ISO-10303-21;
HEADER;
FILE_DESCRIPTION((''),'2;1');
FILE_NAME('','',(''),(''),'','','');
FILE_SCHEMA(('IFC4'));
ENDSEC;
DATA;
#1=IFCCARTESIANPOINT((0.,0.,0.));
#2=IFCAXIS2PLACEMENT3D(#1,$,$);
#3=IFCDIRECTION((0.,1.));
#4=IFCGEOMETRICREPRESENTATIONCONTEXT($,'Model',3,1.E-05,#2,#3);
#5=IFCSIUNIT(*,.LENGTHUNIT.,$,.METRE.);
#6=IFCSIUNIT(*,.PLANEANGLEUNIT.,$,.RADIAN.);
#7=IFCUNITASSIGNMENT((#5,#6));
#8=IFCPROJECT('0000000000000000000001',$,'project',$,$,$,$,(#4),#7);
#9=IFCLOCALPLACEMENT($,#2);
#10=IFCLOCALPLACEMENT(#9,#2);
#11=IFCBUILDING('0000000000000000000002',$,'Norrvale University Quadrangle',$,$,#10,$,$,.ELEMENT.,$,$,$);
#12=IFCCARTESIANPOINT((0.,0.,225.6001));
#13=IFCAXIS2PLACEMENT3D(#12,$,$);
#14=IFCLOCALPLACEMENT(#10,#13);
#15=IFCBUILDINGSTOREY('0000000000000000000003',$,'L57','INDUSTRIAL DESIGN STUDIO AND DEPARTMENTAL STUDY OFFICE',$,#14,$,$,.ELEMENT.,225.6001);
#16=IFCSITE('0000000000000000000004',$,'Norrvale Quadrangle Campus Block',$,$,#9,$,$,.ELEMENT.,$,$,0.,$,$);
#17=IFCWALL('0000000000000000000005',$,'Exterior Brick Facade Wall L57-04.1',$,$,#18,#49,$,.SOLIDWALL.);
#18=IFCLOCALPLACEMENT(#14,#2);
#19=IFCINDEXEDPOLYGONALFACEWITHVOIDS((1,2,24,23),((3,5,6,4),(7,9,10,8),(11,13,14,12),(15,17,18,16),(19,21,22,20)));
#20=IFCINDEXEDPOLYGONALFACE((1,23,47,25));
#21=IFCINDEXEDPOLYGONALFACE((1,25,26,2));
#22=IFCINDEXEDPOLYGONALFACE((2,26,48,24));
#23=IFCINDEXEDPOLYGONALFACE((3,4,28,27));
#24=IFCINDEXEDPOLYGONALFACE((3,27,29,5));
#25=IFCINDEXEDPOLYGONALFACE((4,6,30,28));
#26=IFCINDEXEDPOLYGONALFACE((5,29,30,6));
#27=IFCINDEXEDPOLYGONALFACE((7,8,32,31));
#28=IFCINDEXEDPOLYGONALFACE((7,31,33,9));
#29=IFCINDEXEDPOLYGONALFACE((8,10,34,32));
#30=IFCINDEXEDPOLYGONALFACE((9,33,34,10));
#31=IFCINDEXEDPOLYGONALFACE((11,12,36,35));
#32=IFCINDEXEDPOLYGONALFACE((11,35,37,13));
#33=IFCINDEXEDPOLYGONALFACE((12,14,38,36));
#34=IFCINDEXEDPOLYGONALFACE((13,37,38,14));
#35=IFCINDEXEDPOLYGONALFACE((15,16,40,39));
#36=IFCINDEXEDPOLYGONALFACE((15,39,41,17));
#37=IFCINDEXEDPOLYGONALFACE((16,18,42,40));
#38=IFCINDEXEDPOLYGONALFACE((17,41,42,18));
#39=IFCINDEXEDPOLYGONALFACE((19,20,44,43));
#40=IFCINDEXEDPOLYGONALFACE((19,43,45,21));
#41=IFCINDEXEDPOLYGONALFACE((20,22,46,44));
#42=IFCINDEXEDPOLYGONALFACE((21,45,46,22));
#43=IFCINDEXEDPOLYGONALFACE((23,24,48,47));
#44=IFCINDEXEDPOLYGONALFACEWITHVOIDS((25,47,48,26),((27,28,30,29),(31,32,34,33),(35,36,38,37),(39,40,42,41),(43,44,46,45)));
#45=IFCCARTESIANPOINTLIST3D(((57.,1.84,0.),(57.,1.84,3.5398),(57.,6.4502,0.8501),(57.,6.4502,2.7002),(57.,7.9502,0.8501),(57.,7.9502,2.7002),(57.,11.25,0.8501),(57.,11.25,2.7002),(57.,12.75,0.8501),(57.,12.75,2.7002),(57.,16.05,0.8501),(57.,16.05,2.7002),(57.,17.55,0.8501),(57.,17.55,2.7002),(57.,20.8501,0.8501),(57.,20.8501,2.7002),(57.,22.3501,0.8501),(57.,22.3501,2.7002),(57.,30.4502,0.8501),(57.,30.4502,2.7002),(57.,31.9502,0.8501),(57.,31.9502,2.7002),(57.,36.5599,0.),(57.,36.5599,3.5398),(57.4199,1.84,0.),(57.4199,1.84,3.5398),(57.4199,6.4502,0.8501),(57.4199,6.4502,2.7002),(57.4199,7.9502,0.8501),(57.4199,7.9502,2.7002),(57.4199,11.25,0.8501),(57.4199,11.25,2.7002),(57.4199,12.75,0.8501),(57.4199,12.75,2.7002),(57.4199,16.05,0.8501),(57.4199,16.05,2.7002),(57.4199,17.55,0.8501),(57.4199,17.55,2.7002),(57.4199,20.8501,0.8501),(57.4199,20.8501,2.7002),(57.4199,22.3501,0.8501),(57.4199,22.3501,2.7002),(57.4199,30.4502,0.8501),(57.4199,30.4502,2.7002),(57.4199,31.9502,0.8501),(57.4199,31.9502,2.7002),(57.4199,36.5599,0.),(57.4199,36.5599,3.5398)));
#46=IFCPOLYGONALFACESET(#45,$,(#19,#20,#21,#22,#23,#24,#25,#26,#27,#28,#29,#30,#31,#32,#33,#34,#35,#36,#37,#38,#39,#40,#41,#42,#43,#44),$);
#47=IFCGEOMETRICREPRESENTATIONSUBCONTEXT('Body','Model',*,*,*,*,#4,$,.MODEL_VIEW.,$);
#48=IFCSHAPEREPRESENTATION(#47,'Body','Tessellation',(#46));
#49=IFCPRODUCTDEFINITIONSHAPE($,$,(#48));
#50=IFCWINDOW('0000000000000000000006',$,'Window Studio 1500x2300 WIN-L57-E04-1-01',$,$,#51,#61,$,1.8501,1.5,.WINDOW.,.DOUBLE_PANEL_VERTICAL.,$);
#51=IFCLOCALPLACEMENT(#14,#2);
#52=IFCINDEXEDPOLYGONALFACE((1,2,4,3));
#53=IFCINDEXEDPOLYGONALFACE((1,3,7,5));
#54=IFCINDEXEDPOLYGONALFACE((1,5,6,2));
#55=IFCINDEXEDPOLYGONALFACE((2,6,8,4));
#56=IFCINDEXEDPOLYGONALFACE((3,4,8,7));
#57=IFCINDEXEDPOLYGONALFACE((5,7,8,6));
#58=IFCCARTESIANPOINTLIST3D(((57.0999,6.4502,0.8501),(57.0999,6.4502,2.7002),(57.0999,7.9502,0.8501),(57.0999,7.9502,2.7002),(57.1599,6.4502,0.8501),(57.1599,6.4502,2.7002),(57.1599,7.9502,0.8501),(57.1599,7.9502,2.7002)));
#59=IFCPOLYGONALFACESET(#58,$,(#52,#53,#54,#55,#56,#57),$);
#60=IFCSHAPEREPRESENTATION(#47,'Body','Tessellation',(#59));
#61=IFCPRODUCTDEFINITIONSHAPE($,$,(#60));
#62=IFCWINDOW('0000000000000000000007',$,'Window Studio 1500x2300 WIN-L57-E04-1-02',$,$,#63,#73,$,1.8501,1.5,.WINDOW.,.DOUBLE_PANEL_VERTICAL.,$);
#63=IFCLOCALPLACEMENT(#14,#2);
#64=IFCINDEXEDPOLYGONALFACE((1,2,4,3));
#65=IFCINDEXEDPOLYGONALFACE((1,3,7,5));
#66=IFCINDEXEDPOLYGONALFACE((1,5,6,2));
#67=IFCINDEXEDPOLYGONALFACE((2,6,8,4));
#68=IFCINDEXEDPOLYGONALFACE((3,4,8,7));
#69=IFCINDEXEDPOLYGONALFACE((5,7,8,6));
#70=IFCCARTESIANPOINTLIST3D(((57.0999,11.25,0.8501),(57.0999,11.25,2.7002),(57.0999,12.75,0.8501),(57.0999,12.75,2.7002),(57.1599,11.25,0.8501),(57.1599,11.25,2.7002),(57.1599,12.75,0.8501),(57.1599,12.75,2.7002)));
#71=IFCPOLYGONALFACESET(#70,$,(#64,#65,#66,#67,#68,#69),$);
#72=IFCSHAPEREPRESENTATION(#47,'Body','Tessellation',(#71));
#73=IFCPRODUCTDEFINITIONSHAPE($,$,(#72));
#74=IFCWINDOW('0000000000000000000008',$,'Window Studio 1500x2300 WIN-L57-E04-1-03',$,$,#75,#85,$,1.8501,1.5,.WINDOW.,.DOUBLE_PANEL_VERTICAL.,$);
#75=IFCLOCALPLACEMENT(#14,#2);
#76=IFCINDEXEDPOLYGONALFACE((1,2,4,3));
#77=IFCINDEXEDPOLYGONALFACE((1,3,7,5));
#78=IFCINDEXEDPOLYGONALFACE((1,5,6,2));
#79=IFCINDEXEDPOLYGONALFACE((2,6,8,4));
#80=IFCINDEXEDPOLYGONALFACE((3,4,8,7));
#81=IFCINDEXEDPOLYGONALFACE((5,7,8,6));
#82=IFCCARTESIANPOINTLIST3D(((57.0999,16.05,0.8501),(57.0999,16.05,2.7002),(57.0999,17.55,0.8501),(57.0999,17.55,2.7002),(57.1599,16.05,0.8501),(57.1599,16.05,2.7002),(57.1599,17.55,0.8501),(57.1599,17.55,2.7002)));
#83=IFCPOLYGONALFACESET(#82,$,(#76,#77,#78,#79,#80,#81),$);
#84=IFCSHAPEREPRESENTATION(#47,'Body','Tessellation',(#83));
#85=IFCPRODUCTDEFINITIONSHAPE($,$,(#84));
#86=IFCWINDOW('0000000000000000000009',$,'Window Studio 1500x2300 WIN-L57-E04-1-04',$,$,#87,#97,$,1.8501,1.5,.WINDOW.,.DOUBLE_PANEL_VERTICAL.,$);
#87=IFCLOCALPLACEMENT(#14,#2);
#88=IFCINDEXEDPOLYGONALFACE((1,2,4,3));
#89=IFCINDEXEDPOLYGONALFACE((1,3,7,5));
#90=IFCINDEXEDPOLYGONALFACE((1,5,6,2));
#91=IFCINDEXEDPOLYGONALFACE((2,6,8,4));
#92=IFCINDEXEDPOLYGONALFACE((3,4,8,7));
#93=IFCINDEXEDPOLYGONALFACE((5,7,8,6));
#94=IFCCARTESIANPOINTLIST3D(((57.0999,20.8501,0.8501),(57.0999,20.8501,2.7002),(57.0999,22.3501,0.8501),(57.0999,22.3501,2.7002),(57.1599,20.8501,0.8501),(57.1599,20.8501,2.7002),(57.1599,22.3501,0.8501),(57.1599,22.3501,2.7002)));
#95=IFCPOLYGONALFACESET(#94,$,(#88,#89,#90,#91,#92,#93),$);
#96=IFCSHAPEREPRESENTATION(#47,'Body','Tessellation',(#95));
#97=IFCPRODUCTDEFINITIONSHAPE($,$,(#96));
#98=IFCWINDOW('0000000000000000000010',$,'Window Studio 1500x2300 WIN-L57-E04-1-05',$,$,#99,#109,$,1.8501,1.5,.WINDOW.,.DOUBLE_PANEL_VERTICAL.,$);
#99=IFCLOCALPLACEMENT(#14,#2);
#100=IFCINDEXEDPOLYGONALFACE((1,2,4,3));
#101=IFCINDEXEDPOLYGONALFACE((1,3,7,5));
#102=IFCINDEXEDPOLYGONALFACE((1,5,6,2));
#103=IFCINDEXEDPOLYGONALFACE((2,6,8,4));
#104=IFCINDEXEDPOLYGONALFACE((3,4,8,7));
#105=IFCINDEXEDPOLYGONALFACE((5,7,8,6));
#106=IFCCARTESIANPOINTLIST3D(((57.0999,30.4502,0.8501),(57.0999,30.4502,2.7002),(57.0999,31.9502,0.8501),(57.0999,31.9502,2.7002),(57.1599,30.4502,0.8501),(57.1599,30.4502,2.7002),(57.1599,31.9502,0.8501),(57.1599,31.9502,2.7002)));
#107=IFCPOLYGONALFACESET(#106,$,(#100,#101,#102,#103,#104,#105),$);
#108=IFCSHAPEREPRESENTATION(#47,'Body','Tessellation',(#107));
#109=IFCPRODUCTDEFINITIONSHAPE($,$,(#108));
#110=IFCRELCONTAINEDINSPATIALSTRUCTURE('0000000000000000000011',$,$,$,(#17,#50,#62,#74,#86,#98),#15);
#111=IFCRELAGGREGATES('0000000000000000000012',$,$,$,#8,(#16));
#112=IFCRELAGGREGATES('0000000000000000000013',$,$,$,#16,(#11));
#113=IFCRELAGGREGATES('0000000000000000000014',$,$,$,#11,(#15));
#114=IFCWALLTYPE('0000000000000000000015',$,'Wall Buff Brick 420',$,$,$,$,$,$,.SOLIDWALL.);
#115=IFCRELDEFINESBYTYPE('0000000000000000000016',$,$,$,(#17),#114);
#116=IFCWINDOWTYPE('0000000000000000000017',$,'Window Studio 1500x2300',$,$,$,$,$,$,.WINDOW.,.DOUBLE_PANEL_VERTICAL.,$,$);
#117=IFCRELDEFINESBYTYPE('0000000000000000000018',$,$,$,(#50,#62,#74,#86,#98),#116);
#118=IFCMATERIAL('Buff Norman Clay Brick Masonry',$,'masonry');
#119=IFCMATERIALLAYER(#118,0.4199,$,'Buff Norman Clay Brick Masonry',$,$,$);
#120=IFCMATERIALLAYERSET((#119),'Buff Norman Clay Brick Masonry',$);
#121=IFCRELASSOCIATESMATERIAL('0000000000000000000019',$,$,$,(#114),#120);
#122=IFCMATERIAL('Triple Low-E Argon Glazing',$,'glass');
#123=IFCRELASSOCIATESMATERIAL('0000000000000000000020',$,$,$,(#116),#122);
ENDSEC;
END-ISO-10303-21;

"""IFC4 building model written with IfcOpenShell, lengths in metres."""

from ifc_helpers import new_model, si_unit, direction, frame, frame_2d, origin, place, context, subcontext, project, spatial, rectangle, extrude, material, layer, layer_set, type_object, element, fill, save


model = new_model("IFC4")

# Units and contexts
model_context = context("Model", 3, precision=1e-05, world=origin(), true_north=direction((0.0, 1.0)))
body_context = subcontext(model_context, "Body", "Model", "MODEL_VIEW")
ifc_project = project(units=[si_unit("LENGTHUNIT", "METRE"), si_unit("PLANEANGLEUNIT", "RADIAN")], contexts=[model_context])

# Site, building, storey
site_placement = place(None, origin())
site = spatial("IfcSite", under=ifc_project, at=site_placement, Name="Norrvale Quadrangle Campus Block", CompositionType="ELEMENT", RefElevation=0.0)
building_placement = place(site_placement, origin())
building = spatial("IfcBuilding", under=site, at=building_placement, Name="Norrvale University Quadrangle", CompositionType="ELEMENT")
storey_placement = place(building_placement, frame((0.0, 0.0, 225.6001)))
storey = spatial("IfcBuildingStorey", under=building, at=storey_placement, Name="L57", Description="INDUSTRIAL DESIGN STUDIO AND DEPARTMENTAL STUDY OFFICE", CompositionType="ELEMENT", Elevation=225.6001)

# Shared definitions
ifc_material_1 = material(Name="Buff Norman Clay Brick Masonry", Category="masonry")
ifc_layer_1 = layer(ifc_material_1, 0.4199, Name="Buff Norman Clay Brick Masonry")
ifc_layer_set_1 = layer_set([ifc_layer_1], Name="Buff Norman Clay Brick Masonry")
wall_type_1 = type_object("IfcWallType", Name="Wall Buff Brick 420", PredefinedType="SOLIDWALL", material=ifc_layer_set_1)

# Wall, openings, windows
wall_1_placement = place(storey_placement, frame((57.21, 1.8401, 0.0), z_axis=(0.0, 0.0, 1.0), x_axis=(0.0, 1.0, 0.0)))
wall_1 = element("IfcWall", 1, at=wall_1_placement, inside=storey, type_object=wall_type_1, Name="Exterior Brick Facade Wall L57-04.1", PredefinedType="SOLIDWALL", context=body_context, shape_type="SweptSolid", body=[
    extrude(rectangle(XDim=34.72, YDim=0.4199, at=frame_2d((17.3599, 0.0))), origin(), (0.0, 0.0, 1.0), 3.5398),
])
opening_1_placement = place(wall_1_placement, frame((4.6101, 0.0, 0.8501)))
opening_1 = element("IfcOpeningElement", 2, at=opening_1_placement, cuts=wall_1, PredefinedType="OPENING", context=body_context, shape_type="SweptSolid", body=[
    extrude(rectangle(XDim=1.5, YDim=1.8501, at=frame_2d((0.75, 0.925))), frame((0.0, 0.2219, 0.0), z_axis=(0.0, -1.0, 0.0), x_axis=(1.0, 0.0, 0.0)), (0.0, 0.0, 1.0), 0.4438),
])
opening_2_placement = place(wall_1_placement, frame((9.4099, 0.0, 0.8501)))
opening_2 = element("IfcOpeningElement", 3, at=opening_2_placement, cuts=wall_1, PredefinedType="OPENING", context=body_context, shape_type="SweptSolid", body=[
    extrude(rectangle(XDim=1.5, YDim=1.8501, at=frame_2d((0.75, 0.925))), frame((0.0, 0.2219, 0.0), z_axis=(0.0, -1.0, 0.0), x_axis=(1.0, 0.0, 0.0)), (0.0, 0.0, 1.0), 0.4438),
])
opening_3_placement = place(wall_1_placement, frame((14.21, 0.0, 0.8501)))
opening_3 = element("IfcOpeningElement", 4, at=opening_3_placement, cuts=wall_1, PredefinedType="OPENING", context=body_context, shape_type="SweptSolid", body=[
    extrude(rectangle(XDim=1.5, YDim=1.8501, at=frame_2d((0.75, 0.925))), frame((0.0, 0.2219, 0.0), z_axis=(0.0, -1.0, 0.0), x_axis=(1.0, 0.0, 0.0)), (0.0, 0.0, 1.0), 0.4438),
])
opening_4_placement = place(wall_1_placement, frame((19.01, 0.0, 0.8501)))
opening_4 = element("IfcOpeningElement", 5, at=opening_4_placement, cuts=wall_1, PredefinedType="OPENING", context=body_context, shape_type="SweptSolid", body=[
    extrude(rectangle(XDim=1.5, YDim=1.8501, at=frame_2d((0.75, 0.925))), frame((0.0, 0.2219, 0.0), z_axis=(0.0, -1.0, 0.0), x_axis=(1.0, 0.0, 0.0)), (0.0, 0.0, 1.0), 0.4438),
])
opening_5_placement = place(wall_1_placement, frame((28.6101, 0.0, 0.8501)))
opening_5 = element("IfcOpeningElement", 6, at=opening_5_placement, cuts=wall_1, PredefinedType="OPENING", context=body_context, shape_type="SweptSolid", body=[
    extrude(rectangle(XDim=1.5, YDim=1.8501, at=frame_2d((0.75, 0.925))), frame((0.0, 0.2219, 0.0), z_axis=(0.0, -1.0, 0.0), x_axis=(1.0, 0.0, 0.0)), (0.0, 0.0, 1.0), 0.4438),
])
ifc_material_2 = material(Name="Triple Low-E Argon Glazing", Category="glass")
window_type = type_object("IfcWindowType", Name="Window Studio 1500x2300", PartitioningType="DOUBLE_PANEL_VERTICAL", PredefinedType="WINDOW", material=ifc_material_2)
window_1_placement = place(opening_1_placement, origin())
window_1 = element("IfcWindow", 7, at=window_1_placement, inside=storey, type_object=window_type, Name="Window Studio 1500x2300 WIN-L57-E04-1-01", OverallHeight=1.8501, OverallWidth=1.5, PartitioningType="DOUBLE_PANEL_VERTICAL", PredefinedType="WINDOW", context=body_context, shape_type="SweptSolid", body=[
    extrude(rectangle(XDim=1.5, YDim=1.8501, at=frame_2d((0.75, 0.925))), frame((0.0, 0.1101, 0.0), z_axis=(0.0, -1.0, 0.0), x_axis=(1.0, 0.0, 0.0)), (0.0, 0.0, 1.0), 0.0601),
])
fill(opening_1, window_1)
window_2_placement = place(opening_2_placement, origin())
window_2 = element("IfcWindow", 8, at=window_2_placement, inside=storey, type_object=window_type, Name="Window Studio 1500x2300 WIN-L57-E04-1-02", OverallHeight=1.8501, OverallWidth=1.5, PartitioningType="DOUBLE_PANEL_VERTICAL", PredefinedType="WINDOW", context=body_context, shape_type="SweptSolid", body=[
    extrude(rectangle(XDim=1.5, YDim=1.8501, at=frame_2d((0.75, 0.925))), frame((0.0, 0.1101, 0.0), z_axis=(0.0, -1.0, 0.0), x_axis=(1.0, 0.0, 0.0)), (0.0, 0.0, 1.0), 0.0601),
])
fill(opening_2, window_2)
window_3_placement = place(opening_3_placement, origin())
window_3 = element("IfcWindow", 9, at=window_3_placement, inside=storey, type_object=window_type, Name="Window Studio 1500x2300 WIN-L57-E04-1-03", OverallHeight=1.8501, OverallWidth=1.5, PartitioningType="DOUBLE_PANEL_VERTICAL", PredefinedType="WINDOW", context=body_context, shape_type="SweptSolid", body=[
    extrude(rectangle(XDim=1.5, YDim=1.8501, at=frame_2d((0.75, 0.925))), frame((0.0, 0.1101, 0.0), z_axis=(0.0, -1.0, 0.0), x_axis=(1.0, 0.0, 0.0)), (0.0, 0.0, 1.0), 0.0601),
])
fill(opening_3, window_3)
window_4_placement = place(opening_4_placement, origin())
window_4 = element("IfcWindow", 10, at=window_4_placement, inside=storey, type_object=window_type, Name="Window Studio 1500x2300 WIN-L57-E04-1-04", OverallHeight=1.8501, OverallWidth=1.5, PartitioningType="DOUBLE_PANEL_VERTICAL", PredefinedType="WINDOW", context=body_context, shape_type="SweptSolid", body=[
    extrude(rectangle(XDim=1.5, YDim=1.8501, at=frame_2d((0.75, 0.925))), frame((0.0, 0.1101, 0.0), z_axis=(0.0, -1.0, 0.0), x_axis=(1.0, 0.0, 0.0)), (0.0, 0.0, 1.0), 0.0601),
])
fill(opening_4, window_4)
window_5_placement = place(opening_5_placement, origin())
window_5 = element("IfcWindow", 11, at=window_5_placement, inside=storey, type_object=window_type, Name="Window Studio 1500x2300 WIN-L57-E04-1-05", OverallHeight=1.8501, OverallWidth=1.5, PartitioningType="DOUBLE_PANEL_VERTICAL", PredefinedType="WINDOW", context=body_context, shape_type="SweptSolid", body=[
    extrude(rectangle(XDim=1.5, YDim=1.8501, at=frame_2d((0.75, 0.925))), frame((0.0, 0.1101, 0.0), z_axis=(0.0, -1.0, 0.0), x_axis=(1.0, 0.0, 0.0)), (0.0, 0.0, 1.0), 0.0601),
])
fill(opening_5, window_5)

save(model, "model.ifc")
